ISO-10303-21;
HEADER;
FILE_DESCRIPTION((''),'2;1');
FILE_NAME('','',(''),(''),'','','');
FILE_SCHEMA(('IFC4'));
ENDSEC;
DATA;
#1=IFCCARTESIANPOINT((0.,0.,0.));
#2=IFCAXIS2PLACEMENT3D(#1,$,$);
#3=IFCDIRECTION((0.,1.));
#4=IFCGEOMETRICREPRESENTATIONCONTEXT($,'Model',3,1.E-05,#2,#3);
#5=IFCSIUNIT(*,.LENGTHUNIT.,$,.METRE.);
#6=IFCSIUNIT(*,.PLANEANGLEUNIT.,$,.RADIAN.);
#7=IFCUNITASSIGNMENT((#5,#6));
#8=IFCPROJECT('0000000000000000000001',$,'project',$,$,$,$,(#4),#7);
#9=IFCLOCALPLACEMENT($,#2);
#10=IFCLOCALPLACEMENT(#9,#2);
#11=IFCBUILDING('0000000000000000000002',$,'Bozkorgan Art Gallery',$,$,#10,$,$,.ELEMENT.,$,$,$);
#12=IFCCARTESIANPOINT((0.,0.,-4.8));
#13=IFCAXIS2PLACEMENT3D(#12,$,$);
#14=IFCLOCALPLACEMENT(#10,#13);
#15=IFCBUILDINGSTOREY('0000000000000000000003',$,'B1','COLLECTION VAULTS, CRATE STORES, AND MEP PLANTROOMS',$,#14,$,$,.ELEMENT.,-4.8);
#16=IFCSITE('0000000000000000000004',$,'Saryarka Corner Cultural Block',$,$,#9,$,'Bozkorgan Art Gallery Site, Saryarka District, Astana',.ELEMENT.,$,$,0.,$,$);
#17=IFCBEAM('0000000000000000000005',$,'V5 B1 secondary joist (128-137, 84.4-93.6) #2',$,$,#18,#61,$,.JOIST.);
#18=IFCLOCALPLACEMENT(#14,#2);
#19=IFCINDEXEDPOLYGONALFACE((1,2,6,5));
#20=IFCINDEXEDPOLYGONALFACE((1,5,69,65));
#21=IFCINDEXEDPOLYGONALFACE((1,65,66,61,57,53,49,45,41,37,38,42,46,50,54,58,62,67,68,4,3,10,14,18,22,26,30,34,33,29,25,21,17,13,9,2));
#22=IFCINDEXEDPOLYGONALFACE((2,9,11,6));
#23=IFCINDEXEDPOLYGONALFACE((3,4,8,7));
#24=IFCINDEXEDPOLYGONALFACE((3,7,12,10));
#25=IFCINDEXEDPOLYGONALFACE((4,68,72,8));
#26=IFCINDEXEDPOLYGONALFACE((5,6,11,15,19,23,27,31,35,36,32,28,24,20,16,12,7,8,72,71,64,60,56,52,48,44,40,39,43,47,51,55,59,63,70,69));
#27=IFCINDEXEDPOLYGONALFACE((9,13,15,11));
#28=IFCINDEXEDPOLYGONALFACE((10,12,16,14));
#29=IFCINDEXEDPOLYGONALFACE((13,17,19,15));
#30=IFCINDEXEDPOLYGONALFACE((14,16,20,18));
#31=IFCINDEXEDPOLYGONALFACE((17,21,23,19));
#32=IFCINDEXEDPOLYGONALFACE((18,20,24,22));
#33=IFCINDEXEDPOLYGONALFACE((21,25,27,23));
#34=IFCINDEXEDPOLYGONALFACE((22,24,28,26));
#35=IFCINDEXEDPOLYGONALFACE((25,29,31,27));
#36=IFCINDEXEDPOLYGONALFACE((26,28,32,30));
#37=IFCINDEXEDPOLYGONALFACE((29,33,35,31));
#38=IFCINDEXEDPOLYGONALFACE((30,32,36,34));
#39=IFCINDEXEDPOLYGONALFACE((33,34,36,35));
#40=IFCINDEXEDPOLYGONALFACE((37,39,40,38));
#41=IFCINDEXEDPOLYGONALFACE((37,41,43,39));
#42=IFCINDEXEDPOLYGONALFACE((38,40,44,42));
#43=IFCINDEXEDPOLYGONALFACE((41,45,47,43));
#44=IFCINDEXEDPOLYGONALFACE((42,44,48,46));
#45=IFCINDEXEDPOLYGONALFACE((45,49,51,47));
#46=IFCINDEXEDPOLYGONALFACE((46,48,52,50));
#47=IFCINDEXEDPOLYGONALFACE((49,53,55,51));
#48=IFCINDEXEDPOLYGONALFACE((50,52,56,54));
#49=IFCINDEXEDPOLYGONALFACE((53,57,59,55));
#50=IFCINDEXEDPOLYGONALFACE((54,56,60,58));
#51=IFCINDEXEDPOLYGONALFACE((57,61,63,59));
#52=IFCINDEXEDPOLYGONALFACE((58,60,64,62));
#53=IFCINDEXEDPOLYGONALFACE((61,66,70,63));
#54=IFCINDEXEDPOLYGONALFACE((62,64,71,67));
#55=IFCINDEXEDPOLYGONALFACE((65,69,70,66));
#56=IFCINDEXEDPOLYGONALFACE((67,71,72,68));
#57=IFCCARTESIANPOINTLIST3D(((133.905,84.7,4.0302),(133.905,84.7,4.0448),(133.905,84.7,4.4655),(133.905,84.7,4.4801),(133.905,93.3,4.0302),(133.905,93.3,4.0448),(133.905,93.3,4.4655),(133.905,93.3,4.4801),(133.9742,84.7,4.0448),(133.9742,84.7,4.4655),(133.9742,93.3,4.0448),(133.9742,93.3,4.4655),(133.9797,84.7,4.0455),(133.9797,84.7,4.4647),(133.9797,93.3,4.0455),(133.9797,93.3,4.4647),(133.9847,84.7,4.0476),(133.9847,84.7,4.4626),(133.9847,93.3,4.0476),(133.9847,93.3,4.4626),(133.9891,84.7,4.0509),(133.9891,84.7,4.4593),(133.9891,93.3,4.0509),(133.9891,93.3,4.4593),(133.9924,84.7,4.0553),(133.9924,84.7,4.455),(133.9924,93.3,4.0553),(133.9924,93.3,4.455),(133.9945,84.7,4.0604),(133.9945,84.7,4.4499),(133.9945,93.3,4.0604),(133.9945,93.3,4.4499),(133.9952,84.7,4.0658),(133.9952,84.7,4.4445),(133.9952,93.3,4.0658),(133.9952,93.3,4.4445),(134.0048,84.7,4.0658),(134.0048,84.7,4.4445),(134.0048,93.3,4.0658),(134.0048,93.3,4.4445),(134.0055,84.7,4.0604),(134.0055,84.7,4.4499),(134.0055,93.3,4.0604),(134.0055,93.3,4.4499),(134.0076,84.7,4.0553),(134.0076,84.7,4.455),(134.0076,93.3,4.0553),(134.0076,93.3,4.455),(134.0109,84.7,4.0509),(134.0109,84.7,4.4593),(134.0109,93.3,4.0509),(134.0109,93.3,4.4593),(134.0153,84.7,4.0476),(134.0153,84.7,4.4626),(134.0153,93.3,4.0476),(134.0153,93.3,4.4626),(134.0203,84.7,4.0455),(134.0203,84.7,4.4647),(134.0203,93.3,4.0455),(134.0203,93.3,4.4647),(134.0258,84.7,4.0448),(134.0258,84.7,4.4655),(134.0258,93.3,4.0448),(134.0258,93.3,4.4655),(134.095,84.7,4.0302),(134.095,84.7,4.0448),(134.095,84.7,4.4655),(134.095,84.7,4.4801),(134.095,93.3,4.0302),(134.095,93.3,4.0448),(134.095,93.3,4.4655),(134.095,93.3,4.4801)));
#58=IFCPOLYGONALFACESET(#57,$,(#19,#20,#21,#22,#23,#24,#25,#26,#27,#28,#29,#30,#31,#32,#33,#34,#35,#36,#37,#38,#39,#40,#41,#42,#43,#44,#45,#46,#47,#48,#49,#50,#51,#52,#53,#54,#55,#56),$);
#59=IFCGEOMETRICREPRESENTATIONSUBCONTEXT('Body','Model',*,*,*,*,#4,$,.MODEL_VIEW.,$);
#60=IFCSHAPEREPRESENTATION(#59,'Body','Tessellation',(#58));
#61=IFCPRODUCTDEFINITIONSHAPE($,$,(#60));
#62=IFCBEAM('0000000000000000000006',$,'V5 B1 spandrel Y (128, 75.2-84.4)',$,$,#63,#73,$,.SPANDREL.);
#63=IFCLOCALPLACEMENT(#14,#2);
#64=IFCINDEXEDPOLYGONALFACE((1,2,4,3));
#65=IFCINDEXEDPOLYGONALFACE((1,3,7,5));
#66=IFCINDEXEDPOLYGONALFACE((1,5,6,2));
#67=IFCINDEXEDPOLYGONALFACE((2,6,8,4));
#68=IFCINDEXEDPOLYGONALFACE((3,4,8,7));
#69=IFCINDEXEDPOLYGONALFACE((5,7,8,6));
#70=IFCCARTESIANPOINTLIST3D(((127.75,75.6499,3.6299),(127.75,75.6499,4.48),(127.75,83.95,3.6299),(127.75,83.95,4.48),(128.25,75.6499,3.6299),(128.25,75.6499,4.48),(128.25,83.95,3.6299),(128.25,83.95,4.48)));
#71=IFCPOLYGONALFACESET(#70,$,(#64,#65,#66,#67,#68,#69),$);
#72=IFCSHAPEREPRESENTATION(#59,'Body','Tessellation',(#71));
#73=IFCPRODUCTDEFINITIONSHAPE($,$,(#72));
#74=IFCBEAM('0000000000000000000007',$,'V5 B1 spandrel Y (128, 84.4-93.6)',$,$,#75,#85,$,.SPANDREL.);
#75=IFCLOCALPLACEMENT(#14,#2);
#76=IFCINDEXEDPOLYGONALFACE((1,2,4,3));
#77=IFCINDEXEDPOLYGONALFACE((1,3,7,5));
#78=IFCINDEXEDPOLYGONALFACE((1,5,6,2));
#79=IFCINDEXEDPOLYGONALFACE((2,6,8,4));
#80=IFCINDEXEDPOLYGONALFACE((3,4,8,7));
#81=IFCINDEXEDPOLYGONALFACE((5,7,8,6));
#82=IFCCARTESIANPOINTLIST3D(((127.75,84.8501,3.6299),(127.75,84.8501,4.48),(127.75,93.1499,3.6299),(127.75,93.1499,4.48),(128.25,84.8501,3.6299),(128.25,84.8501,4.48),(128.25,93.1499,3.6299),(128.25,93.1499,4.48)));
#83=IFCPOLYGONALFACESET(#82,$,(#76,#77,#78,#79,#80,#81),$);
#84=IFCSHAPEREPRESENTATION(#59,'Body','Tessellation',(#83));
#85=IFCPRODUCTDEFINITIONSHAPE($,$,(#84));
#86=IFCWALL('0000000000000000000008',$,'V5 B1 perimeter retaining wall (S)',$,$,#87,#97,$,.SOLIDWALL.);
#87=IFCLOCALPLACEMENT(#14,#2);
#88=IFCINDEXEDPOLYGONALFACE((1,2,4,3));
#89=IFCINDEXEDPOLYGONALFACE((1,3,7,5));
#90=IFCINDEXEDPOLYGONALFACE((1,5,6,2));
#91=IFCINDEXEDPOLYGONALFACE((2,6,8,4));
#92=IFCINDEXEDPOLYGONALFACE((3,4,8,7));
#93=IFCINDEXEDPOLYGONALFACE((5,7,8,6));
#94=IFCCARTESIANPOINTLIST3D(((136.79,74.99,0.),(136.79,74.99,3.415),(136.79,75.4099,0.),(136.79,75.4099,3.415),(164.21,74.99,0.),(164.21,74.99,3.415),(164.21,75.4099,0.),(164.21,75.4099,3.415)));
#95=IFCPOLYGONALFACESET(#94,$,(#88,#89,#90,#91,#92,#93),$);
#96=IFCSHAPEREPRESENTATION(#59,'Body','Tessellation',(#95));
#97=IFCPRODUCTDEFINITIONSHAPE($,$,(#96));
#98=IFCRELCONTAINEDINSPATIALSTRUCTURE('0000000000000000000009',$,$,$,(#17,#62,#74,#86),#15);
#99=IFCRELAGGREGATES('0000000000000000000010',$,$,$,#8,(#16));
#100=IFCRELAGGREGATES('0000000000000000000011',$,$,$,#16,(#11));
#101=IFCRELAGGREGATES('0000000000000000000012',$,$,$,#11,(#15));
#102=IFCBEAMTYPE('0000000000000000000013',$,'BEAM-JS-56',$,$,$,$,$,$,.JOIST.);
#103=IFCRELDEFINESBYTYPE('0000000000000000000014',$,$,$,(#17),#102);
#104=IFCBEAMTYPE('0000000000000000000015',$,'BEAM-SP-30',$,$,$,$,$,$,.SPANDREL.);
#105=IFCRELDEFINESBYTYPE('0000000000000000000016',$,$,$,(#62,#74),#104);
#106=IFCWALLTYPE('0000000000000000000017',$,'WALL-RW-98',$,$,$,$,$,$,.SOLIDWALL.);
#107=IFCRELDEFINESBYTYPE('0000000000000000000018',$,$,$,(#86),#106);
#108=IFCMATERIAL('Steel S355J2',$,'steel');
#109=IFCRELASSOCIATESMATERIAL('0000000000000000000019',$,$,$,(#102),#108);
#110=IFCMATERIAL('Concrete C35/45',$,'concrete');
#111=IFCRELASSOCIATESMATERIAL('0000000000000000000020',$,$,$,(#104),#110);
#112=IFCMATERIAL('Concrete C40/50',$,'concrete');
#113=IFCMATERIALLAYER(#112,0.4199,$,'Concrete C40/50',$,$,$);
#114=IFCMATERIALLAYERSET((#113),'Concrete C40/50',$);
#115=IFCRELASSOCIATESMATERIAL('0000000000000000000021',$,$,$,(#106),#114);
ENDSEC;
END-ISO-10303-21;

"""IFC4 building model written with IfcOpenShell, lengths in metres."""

from ifc_helpers import new_model, si_unit, direction, frame, frame_2d, origin, origin_2d, place, context, subcontext, project, spatial, rectangle, i_section, extrude, material, layer, layer_set, material_profile, profile_set, type_object, element, save


model = new_model("IFC4")

# Units and contexts
model_context = context("Model", 3, precision=1e-05, world=origin(), true_north=direction((0.0, 1.0)))
body_context = subcontext(model_context, "Body", "Model", "MODEL_VIEW")
ifc_project = project(units=[si_unit("LENGTHUNIT", "METRE"), si_unit("PLANEANGLEUNIT", "RADIAN")], contexts=[model_context])

# Site, building, storey
site_placement = place(None, origin())
site = spatial("IfcSite", under=ifc_project, at=site_placement, Name="Saryarka Corner Cultural Block", LongName="Bozkorgan Art Gallery Site, Saryarka District, Astana", CompositionType="ELEMENT", RefElevation=0.0)
building_placement = place(site_placement, origin())
building = spatial("IfcBuilding", under=site, at=building_placement, Name="Bozkorgan Art Gallery", CompositionType="ELEMENT")
storey_placement = place(building_placement, frame((0.0, 0.0, -4.8)))
storey = spatial("IfcBuildingStorey", under=building, at=storey_placement, Name="B1", Description="COLLECTION VAULTS, CRATE STORES, AND MEP PLANTROOMS", CompositionType="ELEMENT", Elevation=-4.8)

# Shared definitions
ifc_material_1 = material(Name="Concrete C40/50", Category="concrete")

# Beams
ifc_material_2 = material(Name="Concrete C35/45", Category="concrete")
ifc_material_3 = material(Name="Steel S355J2", Category="steel")
ifc_material_profile_1 = material_profile(ifc_material_3, i_section(OverallWidth=0.1899, OverallDepth=0.45, WebThickness=0.0095, FlangeThickness=0.0146, FilletRadius=0.021, at=origin_2d()), Name="IPE 450")
ifc_profile_set_1 = profile_set([ifc_material_profile_1], Name="Steel S355J2")
beam_type_1 = type_object("IfcBeamType", Name="BEAM-JS-56", PredefinedType="JOIST", material=ifc_profile_set_1)
for number, where, z_axis, x_axis, name in (
    (1, (134.0, 84.7, 4.2551), (0.0, 1.0, 0.0), (-1.0, 0.0, 0.0), "V5 B1 secondary joist (128-137, 84.4-93.6) #2"),
):
    element("IfcBeam", number, at=place(storey_placement, frame(where, z_axis=z_axis, x_axis=x_axis)), inside=storey, type_object=beam_type_1, Name=name, PredefinedType="JOIST", context=body_context, shape_type="SweptSolid", body=[
        extrude(i_section(OverallWidth=0.1899, OverallDepth=0.45, WebThickness=0.0095, FlangeThickness=0.0146, FilletRadius=0.021, at=origin_2d()), origin(), (0.0, 0.0, 1.0), 8.6001),
    ])
ifc_material_profile_2 = material_profile(ifc_material_2, rectangle(XDim=0.5, YDim=0.8501, at=origin_2d()), Name="RC 500x850")
ifc_profile_set_2 = profile_set([ifc_material_profile_2], Name="Concrete C35/45")
beam_type_2 = type_object("IfcBeamType", Name="BEAM-SP-30", PredefinedType="SPANDREL", material=ifc_profile_set_2)
beam_1_placement = place(storey_placement, frame((128.0, 75.6499, 4.0549), z_axis=(0.0, 1.0, 0.0), x_axis=(-1.0, 0.0, 0.0)))
element("IfcBeam", 2, at=beam_1_placement, inside=storey, type_object=beam_type_2, Name="V5 B1 spandrel Y (128, 75.2-84.4)", PredefinedType="SPANDREL", context=body_context, shape_type="SweptSolid", body=[
    extrude(rectangle(XDim=0.5, YDim=0.8501, at=origin_2d()), origin(), (0.0, 0.0, 1.0), 8.3),
])
beam_2_placement = place(storey_placement, frame((128.0, 84.8501, 4.0549), z_axis=(0.0, 1.0, 0.0), x_axis=(-1.0, 0.0, 0.0)))
element("IfcBeam", 3, at=beam_2_placement, inside=storey, type_object=beam_type_2, Name="V5 B1 spandrel Y (128, 84.4-93.6)", PredefinedType="SPANDREL", context=body_context, shape_type="SweptSolid", body=[
    extrude(rectangle(XDim=0.5, YDim=0.8501, at=origin_2d()), origin(), (0.0, 0.0, 1.0), 8.2998),
])

# Wall
ifc_layer = layer(ifc_material_1, 0.4199, Name="Concrete C40/50")
ifc_layer_set = layer_set([ifc_layer], Name="Concrete C40/50")
wall_type = type_object("IfcWallType", Name="WALL-RW-98", PredefinedType="SOLIDWALL", material=ifc_layer_set)
wall_placement = place(storey_placement, frame((136.79, 75.2, 0.0), z_axis=(0.0, 0.0, 1.0), x_axis=(1.0, 0.0, 0.0)))
element("IfcWall", 4, at=wall_placement, inside=storey, type_object=wall_type, Name="V5 B1 perimeter retaining wall (S)", PredefinedType="SOLIDWALL", context=body_context, shape_type="SweptSolid", body=[
    extrude(rectangle(XDim=27.4199, YDim=0.4199, at=frame_2d((13.71, 0.0))), origin(), (0.0, 0.0, 1.0), 3.415),
])

save(model, "model.ifc")
